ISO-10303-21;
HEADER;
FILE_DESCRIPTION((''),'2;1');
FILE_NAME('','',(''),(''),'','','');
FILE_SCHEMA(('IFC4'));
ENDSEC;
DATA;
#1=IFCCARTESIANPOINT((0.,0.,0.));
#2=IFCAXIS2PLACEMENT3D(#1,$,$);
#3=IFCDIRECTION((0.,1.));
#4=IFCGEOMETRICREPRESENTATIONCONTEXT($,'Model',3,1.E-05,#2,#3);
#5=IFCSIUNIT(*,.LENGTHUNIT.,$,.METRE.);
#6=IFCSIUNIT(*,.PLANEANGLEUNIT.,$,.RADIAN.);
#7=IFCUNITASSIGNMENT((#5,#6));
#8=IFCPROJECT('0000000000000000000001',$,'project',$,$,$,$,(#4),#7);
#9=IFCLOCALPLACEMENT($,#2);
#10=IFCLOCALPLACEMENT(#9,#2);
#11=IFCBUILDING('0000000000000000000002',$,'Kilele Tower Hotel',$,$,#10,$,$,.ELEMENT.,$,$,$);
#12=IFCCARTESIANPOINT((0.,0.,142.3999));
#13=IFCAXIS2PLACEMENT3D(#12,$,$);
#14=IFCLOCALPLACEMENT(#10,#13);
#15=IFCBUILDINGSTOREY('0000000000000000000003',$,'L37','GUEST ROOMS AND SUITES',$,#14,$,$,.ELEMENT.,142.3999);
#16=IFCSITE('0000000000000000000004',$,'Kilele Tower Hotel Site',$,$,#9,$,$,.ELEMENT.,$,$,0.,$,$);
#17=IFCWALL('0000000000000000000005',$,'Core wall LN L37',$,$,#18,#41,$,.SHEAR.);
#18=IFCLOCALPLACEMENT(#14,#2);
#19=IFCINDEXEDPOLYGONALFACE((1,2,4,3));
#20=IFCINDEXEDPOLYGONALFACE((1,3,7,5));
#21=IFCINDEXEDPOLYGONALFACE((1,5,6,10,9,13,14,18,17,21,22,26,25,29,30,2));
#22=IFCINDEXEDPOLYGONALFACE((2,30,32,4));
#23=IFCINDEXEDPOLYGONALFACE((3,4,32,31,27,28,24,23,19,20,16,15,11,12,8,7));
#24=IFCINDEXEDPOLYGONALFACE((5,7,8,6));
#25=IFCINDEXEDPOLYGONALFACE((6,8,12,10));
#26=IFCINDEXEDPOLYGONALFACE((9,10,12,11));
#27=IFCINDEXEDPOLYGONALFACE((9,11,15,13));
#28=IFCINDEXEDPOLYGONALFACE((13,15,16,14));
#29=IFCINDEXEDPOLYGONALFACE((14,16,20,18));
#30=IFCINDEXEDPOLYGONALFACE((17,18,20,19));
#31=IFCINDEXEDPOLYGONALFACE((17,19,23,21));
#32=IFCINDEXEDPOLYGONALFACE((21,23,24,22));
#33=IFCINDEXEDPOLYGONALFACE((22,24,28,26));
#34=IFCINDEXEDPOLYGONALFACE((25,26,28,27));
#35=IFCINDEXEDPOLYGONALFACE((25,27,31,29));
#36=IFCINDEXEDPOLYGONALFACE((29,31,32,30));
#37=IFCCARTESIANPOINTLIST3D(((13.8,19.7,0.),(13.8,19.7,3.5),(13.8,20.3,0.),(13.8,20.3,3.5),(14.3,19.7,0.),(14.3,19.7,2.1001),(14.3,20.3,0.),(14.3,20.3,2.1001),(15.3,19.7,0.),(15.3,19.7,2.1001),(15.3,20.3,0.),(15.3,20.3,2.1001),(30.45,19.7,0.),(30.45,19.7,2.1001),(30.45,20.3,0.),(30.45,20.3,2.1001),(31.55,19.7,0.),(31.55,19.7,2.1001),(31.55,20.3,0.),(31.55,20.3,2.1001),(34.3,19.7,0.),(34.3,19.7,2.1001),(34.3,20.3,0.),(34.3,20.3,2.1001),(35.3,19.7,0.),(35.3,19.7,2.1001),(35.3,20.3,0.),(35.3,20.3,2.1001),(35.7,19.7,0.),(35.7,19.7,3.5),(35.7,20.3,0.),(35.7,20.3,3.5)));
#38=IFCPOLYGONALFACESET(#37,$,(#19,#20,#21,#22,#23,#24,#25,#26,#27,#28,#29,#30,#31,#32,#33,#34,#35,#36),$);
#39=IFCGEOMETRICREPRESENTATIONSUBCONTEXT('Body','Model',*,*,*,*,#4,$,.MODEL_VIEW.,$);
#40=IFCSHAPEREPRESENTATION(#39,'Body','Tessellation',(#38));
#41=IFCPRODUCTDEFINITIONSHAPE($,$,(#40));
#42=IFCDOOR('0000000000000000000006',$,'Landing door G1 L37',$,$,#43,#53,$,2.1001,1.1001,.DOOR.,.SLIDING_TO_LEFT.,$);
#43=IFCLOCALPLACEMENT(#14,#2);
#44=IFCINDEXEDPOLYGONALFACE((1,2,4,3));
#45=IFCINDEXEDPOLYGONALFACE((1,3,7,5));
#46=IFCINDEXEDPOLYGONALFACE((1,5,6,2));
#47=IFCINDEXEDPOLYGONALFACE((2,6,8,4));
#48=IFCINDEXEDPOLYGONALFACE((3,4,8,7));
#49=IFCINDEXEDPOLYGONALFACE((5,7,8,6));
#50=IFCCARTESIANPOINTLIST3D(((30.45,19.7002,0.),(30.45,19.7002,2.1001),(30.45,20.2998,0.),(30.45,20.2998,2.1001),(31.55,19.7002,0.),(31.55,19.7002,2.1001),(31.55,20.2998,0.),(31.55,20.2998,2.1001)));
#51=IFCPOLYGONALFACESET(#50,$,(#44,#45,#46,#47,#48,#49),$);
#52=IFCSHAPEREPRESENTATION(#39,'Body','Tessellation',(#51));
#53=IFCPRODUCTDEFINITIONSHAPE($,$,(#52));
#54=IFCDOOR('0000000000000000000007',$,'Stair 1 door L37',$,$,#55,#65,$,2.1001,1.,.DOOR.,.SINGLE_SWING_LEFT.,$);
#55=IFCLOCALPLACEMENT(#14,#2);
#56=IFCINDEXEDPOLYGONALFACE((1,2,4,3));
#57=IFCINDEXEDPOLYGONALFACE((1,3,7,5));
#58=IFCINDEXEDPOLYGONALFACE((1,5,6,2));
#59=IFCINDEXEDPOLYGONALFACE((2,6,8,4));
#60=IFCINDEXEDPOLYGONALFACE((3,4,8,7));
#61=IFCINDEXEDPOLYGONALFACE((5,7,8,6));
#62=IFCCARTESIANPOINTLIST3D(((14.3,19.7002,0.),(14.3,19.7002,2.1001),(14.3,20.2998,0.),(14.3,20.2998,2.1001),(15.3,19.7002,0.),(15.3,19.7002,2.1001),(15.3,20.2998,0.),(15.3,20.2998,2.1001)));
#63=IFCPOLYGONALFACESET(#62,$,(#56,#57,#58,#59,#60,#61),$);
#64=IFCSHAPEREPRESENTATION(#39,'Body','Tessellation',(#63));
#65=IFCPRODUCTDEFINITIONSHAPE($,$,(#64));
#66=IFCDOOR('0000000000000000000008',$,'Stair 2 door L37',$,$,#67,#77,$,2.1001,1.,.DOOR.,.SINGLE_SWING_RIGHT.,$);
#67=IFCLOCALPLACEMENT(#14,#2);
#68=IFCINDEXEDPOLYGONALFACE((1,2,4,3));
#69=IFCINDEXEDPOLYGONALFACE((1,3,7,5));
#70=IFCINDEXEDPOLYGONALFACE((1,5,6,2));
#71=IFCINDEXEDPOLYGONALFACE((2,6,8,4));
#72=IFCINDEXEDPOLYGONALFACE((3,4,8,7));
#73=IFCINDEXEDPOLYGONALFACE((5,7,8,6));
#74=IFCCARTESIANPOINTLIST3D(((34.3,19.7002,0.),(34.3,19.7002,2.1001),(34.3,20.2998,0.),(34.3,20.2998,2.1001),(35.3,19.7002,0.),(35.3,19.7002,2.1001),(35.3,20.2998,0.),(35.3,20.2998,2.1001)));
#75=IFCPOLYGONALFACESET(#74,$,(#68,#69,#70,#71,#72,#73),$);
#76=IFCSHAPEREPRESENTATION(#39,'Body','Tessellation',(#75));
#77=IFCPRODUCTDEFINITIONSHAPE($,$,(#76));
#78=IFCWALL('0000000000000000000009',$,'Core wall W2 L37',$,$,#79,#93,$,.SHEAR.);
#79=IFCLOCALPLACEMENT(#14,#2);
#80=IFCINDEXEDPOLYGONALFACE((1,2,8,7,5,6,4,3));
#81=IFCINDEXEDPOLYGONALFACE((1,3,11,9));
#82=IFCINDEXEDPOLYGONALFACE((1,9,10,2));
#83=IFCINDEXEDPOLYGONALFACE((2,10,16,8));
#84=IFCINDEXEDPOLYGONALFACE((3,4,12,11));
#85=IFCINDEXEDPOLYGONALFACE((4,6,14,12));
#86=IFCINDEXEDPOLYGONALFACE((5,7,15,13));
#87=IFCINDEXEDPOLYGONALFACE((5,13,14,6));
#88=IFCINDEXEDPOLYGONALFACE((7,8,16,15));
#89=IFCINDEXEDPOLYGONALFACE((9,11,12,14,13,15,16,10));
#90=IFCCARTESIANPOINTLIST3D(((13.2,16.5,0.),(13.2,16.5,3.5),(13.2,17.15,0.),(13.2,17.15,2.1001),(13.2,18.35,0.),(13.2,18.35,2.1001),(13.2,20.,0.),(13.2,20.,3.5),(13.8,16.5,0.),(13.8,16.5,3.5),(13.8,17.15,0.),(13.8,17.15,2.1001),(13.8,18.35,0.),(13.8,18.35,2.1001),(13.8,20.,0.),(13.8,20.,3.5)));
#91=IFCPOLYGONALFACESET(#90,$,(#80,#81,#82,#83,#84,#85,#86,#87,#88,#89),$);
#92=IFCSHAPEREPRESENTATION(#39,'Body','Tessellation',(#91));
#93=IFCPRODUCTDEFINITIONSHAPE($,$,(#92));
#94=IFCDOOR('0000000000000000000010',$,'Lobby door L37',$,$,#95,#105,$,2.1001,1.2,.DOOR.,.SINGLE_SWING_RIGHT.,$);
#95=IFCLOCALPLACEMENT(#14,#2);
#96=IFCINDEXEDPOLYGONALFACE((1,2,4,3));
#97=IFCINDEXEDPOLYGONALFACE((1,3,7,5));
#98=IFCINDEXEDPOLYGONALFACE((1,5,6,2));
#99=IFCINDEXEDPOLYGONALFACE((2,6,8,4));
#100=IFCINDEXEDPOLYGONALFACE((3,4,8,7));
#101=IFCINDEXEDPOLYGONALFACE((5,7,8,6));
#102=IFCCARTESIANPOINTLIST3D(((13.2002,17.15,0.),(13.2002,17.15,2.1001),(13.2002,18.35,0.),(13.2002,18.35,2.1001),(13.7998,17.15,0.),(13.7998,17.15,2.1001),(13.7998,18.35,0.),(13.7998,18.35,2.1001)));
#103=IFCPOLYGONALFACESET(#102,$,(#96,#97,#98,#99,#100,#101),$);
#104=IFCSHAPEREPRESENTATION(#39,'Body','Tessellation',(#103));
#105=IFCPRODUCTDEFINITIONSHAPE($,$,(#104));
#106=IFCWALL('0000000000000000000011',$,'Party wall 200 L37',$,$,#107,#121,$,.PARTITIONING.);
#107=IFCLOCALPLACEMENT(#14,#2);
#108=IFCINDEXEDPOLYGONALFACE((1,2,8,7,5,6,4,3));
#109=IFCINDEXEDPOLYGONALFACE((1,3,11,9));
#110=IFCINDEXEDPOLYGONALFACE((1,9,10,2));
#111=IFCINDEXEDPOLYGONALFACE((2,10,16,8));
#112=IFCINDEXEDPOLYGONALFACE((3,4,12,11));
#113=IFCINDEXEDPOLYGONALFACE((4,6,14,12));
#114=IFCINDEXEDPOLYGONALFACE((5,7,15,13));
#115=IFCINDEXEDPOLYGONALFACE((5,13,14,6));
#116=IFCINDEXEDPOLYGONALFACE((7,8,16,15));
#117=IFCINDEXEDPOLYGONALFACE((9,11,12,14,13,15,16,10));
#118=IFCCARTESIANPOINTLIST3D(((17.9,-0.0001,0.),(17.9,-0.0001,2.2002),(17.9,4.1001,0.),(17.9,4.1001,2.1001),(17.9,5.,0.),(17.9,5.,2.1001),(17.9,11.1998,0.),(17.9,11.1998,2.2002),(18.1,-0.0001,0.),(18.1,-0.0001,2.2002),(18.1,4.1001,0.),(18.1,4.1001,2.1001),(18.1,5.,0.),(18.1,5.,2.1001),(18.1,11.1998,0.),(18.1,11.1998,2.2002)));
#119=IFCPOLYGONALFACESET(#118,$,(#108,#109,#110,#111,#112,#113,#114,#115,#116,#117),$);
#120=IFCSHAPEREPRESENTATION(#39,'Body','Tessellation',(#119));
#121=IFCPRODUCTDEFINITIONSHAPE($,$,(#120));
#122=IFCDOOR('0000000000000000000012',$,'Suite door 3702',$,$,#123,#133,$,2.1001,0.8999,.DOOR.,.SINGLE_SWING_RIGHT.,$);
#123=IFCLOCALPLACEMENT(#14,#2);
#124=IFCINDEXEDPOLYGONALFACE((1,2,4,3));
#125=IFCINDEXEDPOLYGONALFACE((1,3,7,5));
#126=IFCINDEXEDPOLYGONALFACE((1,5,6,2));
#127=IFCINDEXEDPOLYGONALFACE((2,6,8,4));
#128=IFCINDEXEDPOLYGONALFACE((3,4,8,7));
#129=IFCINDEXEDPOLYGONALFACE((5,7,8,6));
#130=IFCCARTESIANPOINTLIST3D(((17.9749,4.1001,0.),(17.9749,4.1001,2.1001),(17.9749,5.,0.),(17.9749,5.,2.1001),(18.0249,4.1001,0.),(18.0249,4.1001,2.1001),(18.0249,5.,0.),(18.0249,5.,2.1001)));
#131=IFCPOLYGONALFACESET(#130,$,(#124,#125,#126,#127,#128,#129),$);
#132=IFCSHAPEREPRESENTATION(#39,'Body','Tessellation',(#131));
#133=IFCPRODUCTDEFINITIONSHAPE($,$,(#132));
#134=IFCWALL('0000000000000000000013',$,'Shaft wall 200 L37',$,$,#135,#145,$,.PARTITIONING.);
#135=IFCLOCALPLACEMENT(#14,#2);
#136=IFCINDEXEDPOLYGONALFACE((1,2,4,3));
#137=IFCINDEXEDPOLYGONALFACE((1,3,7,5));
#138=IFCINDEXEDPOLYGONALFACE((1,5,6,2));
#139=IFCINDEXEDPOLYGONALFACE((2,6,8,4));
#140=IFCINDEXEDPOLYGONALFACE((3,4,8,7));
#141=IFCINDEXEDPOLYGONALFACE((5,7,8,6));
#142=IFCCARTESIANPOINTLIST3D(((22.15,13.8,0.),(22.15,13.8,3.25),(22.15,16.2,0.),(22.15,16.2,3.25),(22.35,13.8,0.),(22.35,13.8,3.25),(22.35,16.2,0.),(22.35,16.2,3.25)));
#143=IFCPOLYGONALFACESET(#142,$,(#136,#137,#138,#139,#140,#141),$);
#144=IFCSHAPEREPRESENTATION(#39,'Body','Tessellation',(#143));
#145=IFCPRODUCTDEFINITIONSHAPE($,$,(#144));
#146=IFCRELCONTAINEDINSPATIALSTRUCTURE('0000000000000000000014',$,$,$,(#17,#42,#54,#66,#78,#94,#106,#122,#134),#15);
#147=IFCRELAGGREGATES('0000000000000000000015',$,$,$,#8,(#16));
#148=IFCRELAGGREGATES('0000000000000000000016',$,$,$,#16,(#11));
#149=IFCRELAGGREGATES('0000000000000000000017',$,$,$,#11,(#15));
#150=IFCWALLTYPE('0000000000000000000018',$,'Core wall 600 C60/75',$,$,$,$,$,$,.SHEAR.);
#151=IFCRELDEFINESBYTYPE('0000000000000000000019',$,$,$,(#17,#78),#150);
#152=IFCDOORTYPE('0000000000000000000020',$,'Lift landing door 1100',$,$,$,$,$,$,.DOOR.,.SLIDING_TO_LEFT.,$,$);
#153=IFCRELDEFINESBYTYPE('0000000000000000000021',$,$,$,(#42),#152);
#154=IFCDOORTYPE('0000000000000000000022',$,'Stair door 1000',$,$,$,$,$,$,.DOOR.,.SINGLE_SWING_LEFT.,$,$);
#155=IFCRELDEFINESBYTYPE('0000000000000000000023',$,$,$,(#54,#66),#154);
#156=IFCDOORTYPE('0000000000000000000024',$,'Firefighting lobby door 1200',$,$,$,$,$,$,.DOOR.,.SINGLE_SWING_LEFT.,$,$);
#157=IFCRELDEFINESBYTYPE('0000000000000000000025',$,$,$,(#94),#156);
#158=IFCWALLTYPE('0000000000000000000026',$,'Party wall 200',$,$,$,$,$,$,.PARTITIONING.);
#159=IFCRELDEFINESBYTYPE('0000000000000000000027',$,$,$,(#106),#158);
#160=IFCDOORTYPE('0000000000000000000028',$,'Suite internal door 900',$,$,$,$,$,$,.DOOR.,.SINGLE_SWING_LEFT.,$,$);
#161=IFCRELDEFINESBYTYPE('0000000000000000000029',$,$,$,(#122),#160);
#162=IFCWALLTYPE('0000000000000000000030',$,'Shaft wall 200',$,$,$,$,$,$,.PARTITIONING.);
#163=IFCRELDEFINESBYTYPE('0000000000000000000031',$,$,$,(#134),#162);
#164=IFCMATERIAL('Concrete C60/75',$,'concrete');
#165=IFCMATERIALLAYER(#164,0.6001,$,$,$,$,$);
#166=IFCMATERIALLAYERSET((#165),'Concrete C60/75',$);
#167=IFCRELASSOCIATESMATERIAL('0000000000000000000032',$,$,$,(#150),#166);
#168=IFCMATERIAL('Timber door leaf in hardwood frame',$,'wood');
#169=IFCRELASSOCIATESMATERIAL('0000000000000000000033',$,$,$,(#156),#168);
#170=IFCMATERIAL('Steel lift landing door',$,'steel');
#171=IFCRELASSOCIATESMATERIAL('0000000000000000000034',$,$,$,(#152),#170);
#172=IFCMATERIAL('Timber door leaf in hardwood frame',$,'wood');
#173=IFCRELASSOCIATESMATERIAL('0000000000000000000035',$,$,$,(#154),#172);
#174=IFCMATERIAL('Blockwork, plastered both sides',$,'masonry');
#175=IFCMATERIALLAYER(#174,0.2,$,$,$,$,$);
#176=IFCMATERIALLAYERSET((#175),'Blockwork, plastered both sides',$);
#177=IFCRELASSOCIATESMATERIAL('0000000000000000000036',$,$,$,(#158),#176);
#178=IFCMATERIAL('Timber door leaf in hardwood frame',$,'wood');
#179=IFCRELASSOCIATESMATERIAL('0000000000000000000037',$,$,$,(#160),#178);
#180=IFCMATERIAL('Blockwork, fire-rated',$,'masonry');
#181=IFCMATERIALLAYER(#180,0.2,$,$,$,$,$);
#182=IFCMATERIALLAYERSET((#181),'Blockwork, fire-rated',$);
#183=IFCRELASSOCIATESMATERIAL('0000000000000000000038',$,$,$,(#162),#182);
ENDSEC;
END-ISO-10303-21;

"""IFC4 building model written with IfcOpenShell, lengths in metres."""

from ifc_helpers import new_model, si_unit, direction, frame, frame_2d, origin, place, context, subcontext, project, spatial, rectangle, extrude, material, layer, layer_set, type_object, element, fill, save


model = new_model("IFC4")

# Units and contexts
model_context = context("Model", 3, precision=1e-05, world=origin(), true_north=direction((0.0, 1.0)))
body_context = subcontext(model_context, "Body", "Model", "MODEL_VIEW")
ifc_project = project(units=[si_unit("LENGTHUNIT", "METRE"), si_unit("PLANEANGLEUNIT", "RADIAN")], contexts=[model_context])

# Site, building, storey
site_placement = place(None, origin())
site = spatial("IfcSite", under=ifc_project, at=site_placement, Name="Kilele Tower Hotel Site", CompositionType="ELEMENT", RefElevation=0.0)
building_placement = place(site_placement, origin())
building = spatial("IfcBuilding", under=site, at=building_placement, Name="Kilele Tower Hotel", CompositionType="ELEMENT")
storey_placement = place(building_placement, frame((0.0, 0.0, 142.3999)))
storey = spatial("IfcBuildingStorey", under=building, at=storey_placement, Name="L37", Description="GUEST ROOMS AND SUITES", CompositionType="ELEMENT", Elevation=142.3999)

# Shared definitions
ifc_material_1 = material(Name="Concrete C60/75", Category="concrete")
ifc_layer_1 = layer(ifc_material_1, 0.6001)
ifc_layer_set_1 = layer_set([ifc_layer_1], Name="Concrete C60/75")
wall_type_1 = type_object("IfcWallType", Name="Core wall 600 C60/75", PredefinedType="SHEAR", material=ifc_layer_set_1)
ifc_material_2 = material(Name="Timber door leaf in hardwood frame", Category="wood")
door_type_1 = type_object("IfcDoorType", Name="Firefighting lobby door 1200", OperationType="SINGLE_SWING_LEFT", PredefinedType="DOOR", material=ifc_material_2)

# Wall, openings, doors
ifc_material_3 = material(Name="Steel lift landing door", Category="steel")
door_type_2 = type_object("IfcDoorType", Name="Lift landing door 1100", OperationType="SLIDING_TO_LEFT", PredefinedType="DOOR", material=ifc_material_3)
wall_1_placement = place(storey_placement, frame((13.8, 20.0, 0.0), z_axis=(0.0, 0.0, 1.0), x_axis=(1.0, 0.0, 0.0)))
wall_1 = element("IfcWall", 1, at=wall_1_placement, inside=storey, type_object=wall_type_1, Name="Core wall LN L37", PredefinedType="SHEAR", context=body_context, shape_type="SweptSolid", body=[
    extrude(rectangle(XDim=21.8999, YDim=0.6001, at=frame_2d((10.95, 0.0))), origin(), (0.0, 0.0, 1.0), 3.5),
])
opening_1_placement = place(wall_1_placement, frame((0.5, 0.0, 0.0)))
opening_1 = element("IfcOpeningElement", 2, at=opening_1_placement, cuts=wall_1, PredefinedType="OPENING", context=body_context, shape_type="SweptSolid", body=[
    extrude(rectangle(XDim=1.0, YDim=2.1001, at=frame_2d((0.5, 1.05))), frame((0.0, 0.3101, 0.0), z_axis=(0.0, -1.0, 0.0), x_axis=(1.0, 0.0, 0.0)), (0.0, 0.0, 1.0), 0.6201),
])
opening_2_placement = place(wall_1_placement, frame((20.5, 0.0, 0.0)))
opening_2 = element("IfcOpeningElement", 3, at=opening_2_placement, cuts=wall_1, PredefinedType="OPENING", context=body_context, shape_type="SweptSolid", body=[
    extrude(rectangle(XDim=1.0, YDim=2.1001, at=frame_2d((0.5, 1.05))), frame((0.0, 0.3101, 0.0), z_axis=(0.0, -1.0, 0.0), x_axis=(1.0, 0.0, 0.0)), (0.0, 0.0, 1.0), 0.6201),
])
opening_3_placement = place(wall_1_placement, frame((16.6499, 0.0, 0.0)))
opening_3 = element("IfcOpeningElement", 4, at=opening_3_placement, cuts=wall_1, PredefinedType="OPENING", context=body_context, shape_type="SweptSolid", body=[
    extrude(rectangle(XDim=1.1001, YDim=2.1001, at=frame_2d((0.55, 1.05))), frame((0.0, 0.3101, 0.0), z_axis=(0.0, -1.0, 0.0), x_axis=(1.0, 0.0, 0.0)), (0.0, 0.0, 1.0), 0.6201),
])
door_1_placement = place(opening_3_placement, origin())
door_1 = element("IfcDoor", 5, at=door_1_placement, inside=storey, type_object=door_type_2, Name="Landing door G1 L37", OperationType="SLIDING_TO_LEFT", OverallHeight=2.1001, OverallWidth=1.1001, PredefinedType="DOOR", context=body_context, shape_type="SweptSolid", body=[
    extrude(rectangle(XDim=1.1001, YDim=2.1001, at=frame_2d((0.55, 1.05))), frame((0.0, 0.2998, 0.0), z_axis=(0.0, -1.0, 0.0), x_axis=(1.0, 0.0, 0.0)), (0.0, 0.0, 1.0), 0.5996),
])
fill(opening_3, door_1)
ifc_material_4 = material(Name="Timber door leaf in hardwood frame", Category="wood")
door_type_3 = type_object("IfcDoorType", Name="Stair door 1000", OperationType="SINGLE_SWING_LEFT", PredefinedType="DOOR", material=ifc_material_4)
door_2_placement = place(opening_1_placement, origin())
door_2 = element("IfcDoor", 6, at=door_2_placement, inside=storey, type_object=door_type_3, Name="Stair 1 door L37", OperationType="SINGLE_SWING_LEFT", OverallHeight=2.1001, OverallWidth=1.0, PredefinedType="DOOR", context=body_context, shape_type="SweptSolid", body=[
    extrude(rectangle(XDim=1.0, YDim=2.1001, at=frame_2d((0.5, 1.05))), frame((0.0, 0.2998, 0.0), z_axis=(0.0, -1.0, 0.0), x_axis=(1.0, 0.0, 0.0)), (0.0, 0.0, 1.0), 0.5996),
])
fill(opening_1, door_2)
door_3_placement = place(opening_2_placement, origin())
door_3 = element("IfcDoor", 7, at=door_3_placement, inside=storey, type_object=door_type_3, Name="Stair 2 door L37", OperationType="SINGLE_SWING_RIGHT", OverallHeight=2.1001, OverallWidth=1.0, PredefinedType="DOOR", context=body_context, shape_type="SweptSolid", body=[
    extrude(rectangle(XDim=1.0, YDim=2.1001, at=frame_2d((0.5, 1.05))), frame((0.0, 0.2998, 0.0), z_axis=(0.0, -1.0, 0.0), x_axis=(1.0, 0.0, 0.0)), (0.0, 0.0, 1.0), 0.5996),
])
fill(opening_2, door_3)

# Walls, openings, doors
wall_2_placement = place(storey_placement, frame((13.5, 20.0, 0.0), z_axis=(0.0, 0.0, 1.0), x_axis=(0.0, -1.0, 0.0)))
wall_2 = element("IfcWall", 8, at=wall_2_placement, inside=storey, type_object=wall_type_1, Name="Core wall W2 L37", PredefinedType="SHEAR", context=body_context, shape_type="SweptSolid", body=[
    extrude(rectangle(XDim=3.5, YDim=0.6001, at=frame_2d((1.75, 0.0))), origin(), (0.0, 0.0, 1.0), 3.5),
])
opening_4_placement = place(wall_2_placement, frame((1.6499, 0.0, 0.0)))
opening_4 = element("IfcOpeningElement", 9, at=opening_4_placement, cuts=wall_2, PredefinedType="OPENING", context=body_context, shape_type="SweptSolid", body=[
    extrude(rectangle(XDim=1.2, YDim=2.1001, at=frame_2d((0.6001, 1.05))), frame((0.0, 0.3101, 0.0), z_axis=(0.0, -1.0, 0.0), x_axis=(1.0, 0.0, 0.0)), (0.0, 0.0, 1.0), 0.6201),
])
door_4_placement = place(opening_4_placement, origin())
door_4 = element("IfcDoor", 10, at=door_4_placement, inside=storey, type_object=door_type_1, Name="Lobby door L37", OperationType="SINGLE_SWING_RIGHT", OverallHeight=2.1001, OverallWidth=1.2, PredefinedType="DOOR", context=body_context, shape_type="SweptSolid", body=[
    extrude(rectangle(XDim=1.2, YDim=2.1001, at=frame_2d((0.6001, 1.05))), frame((0.0, 0.2998, 0.0), z_axis=(0.0, -1.0, 0.0), x_axis=(1.0, 0.0, 0.0)), (0.0, 0.0, 1.0), 0.5996),
])
fill(opening_4, door_4)
ifc_material_5 = material(Name="Blockwork, plastered both sides", Category="masonry")
ifc_layer_2 = layer(ifc_material_5, 0.2)
ifc_layer_set_2 = layer_set([ifc_layer_2], Name="Blockwork, plastered both sides")
wall_type_2 = type_object("IfcWallType", Name="Party wall 200", PredefinedType="PARTITIONING", material=ifc_layer_set_2)
wall_3_placement = place(storey_placement, frame((18.0, 11.2, 0.0), z_axis=(0.0, 0.0, 1.0), x_axis=(0.0, -1.0, 0.0)))
wall_3 = element("IfcWall", 11, at=wall_3_placement, inside=storey, type_object=wall_type_2, Name="Party wall 200 L37", PredefinedType="PARTITIONING", context=body_context, shape_type="SweptSolid", body=[
    extrude(rectangle(XDim=11.2, YDim=0.2, at=frame_2d((5.6001, 0.0))), origin(), (0.0, 0.0, 1.0), 2.2002),
])
opening_5_placement = place(wall_3_placement, frame((6.2, 0.0, 0.0)))
opening_5 = element("IfcOpeningElement", 12, at=opening_5_placement, cuts=wall_3, PredefinedType="OPENING", context=body_context, shape_type="SweptSolid", body=[
    extrude(rectangle(XDim=0.8999, YDim=2.1001, at=frame_2d((0.45, 1.05))), frame((0.0, 0.1099, 0.0), z_axis=(0.0, -1.0, 0.0), x_axis=(1.0, 0.0, 0.0)), (0.0, 0.0, 1.0), 0.22),
])
ifc_material_6 = material(Name="Timber door leaf in hardwood frame", Category="wood")
door_type_4 = type_object("IfcDoorType", Name="Suite internal door 900", OperationType="SINGLE_SWING_LEFT", PredefinedType="DOOR", material=ifc_material_6)
door_5_placement = place(opening_5_placement, origin())
door_5 = element("IfcDoor", 13, at=door_5_placement, inside=storey, type_object=door_type_4, Name="Suite door 3702", OperationType="SINGLE_SWING_RIGHT", OverallHeight=2.1001, OverallWidth=0.8999, PredefinedType="DOOR", context=body_context, shape_type="SweptSolid", body=[
    extrude(rectangle(XDim=0.8999, YDim=2.1001, at=frame_2d((0.45, 1.05))), frame((0.0, 0.0249, 0.0), z_axis=(0.0, -1.0, 0.0), x_axis=(1.0, 0.0, 0.0)), (0.0, 0.0, 1.0), 0.05),
])
fill(opening_5, door_5)

# Wall
ifc_material_7 = material(Name="Blockwork, fire-rated", Category="masonry")
ifc_layer_3 = layer(ifc_material_7, 0.2)
ifc_layer_set_3 = layer_set([ifc_layer_3], Name="Blockwork, fire-rated")
wall_type_3 = type_object("IfcWallType", Name="Shaft wall 200", PredefinedType="PARTITIONING", material=ifc_layer_set_3)
wall_4_placement = place(storey_placement, frame((22.25, 13.8, 0.0), z_axis=(0.0, 0.0, 1.0), x_axis=(0.0, 1.0, 0.0)))
element("IfcWall", 14, at=wall_4_placement, inside=storey, type_object=wall_type_3, Name="Shaft wall 200 L37", PredefinedType="PARTITIONING", context=body_context, shape_type="SweptSolid", body=[
    extrude(rectangle(XDim=2.3999, YDim=0.2, at=frame_2d((1.2, 0.0))), origin(), (0.0, 0.0, 1.0), 3.25),
])

save(model, "model.ifc")
